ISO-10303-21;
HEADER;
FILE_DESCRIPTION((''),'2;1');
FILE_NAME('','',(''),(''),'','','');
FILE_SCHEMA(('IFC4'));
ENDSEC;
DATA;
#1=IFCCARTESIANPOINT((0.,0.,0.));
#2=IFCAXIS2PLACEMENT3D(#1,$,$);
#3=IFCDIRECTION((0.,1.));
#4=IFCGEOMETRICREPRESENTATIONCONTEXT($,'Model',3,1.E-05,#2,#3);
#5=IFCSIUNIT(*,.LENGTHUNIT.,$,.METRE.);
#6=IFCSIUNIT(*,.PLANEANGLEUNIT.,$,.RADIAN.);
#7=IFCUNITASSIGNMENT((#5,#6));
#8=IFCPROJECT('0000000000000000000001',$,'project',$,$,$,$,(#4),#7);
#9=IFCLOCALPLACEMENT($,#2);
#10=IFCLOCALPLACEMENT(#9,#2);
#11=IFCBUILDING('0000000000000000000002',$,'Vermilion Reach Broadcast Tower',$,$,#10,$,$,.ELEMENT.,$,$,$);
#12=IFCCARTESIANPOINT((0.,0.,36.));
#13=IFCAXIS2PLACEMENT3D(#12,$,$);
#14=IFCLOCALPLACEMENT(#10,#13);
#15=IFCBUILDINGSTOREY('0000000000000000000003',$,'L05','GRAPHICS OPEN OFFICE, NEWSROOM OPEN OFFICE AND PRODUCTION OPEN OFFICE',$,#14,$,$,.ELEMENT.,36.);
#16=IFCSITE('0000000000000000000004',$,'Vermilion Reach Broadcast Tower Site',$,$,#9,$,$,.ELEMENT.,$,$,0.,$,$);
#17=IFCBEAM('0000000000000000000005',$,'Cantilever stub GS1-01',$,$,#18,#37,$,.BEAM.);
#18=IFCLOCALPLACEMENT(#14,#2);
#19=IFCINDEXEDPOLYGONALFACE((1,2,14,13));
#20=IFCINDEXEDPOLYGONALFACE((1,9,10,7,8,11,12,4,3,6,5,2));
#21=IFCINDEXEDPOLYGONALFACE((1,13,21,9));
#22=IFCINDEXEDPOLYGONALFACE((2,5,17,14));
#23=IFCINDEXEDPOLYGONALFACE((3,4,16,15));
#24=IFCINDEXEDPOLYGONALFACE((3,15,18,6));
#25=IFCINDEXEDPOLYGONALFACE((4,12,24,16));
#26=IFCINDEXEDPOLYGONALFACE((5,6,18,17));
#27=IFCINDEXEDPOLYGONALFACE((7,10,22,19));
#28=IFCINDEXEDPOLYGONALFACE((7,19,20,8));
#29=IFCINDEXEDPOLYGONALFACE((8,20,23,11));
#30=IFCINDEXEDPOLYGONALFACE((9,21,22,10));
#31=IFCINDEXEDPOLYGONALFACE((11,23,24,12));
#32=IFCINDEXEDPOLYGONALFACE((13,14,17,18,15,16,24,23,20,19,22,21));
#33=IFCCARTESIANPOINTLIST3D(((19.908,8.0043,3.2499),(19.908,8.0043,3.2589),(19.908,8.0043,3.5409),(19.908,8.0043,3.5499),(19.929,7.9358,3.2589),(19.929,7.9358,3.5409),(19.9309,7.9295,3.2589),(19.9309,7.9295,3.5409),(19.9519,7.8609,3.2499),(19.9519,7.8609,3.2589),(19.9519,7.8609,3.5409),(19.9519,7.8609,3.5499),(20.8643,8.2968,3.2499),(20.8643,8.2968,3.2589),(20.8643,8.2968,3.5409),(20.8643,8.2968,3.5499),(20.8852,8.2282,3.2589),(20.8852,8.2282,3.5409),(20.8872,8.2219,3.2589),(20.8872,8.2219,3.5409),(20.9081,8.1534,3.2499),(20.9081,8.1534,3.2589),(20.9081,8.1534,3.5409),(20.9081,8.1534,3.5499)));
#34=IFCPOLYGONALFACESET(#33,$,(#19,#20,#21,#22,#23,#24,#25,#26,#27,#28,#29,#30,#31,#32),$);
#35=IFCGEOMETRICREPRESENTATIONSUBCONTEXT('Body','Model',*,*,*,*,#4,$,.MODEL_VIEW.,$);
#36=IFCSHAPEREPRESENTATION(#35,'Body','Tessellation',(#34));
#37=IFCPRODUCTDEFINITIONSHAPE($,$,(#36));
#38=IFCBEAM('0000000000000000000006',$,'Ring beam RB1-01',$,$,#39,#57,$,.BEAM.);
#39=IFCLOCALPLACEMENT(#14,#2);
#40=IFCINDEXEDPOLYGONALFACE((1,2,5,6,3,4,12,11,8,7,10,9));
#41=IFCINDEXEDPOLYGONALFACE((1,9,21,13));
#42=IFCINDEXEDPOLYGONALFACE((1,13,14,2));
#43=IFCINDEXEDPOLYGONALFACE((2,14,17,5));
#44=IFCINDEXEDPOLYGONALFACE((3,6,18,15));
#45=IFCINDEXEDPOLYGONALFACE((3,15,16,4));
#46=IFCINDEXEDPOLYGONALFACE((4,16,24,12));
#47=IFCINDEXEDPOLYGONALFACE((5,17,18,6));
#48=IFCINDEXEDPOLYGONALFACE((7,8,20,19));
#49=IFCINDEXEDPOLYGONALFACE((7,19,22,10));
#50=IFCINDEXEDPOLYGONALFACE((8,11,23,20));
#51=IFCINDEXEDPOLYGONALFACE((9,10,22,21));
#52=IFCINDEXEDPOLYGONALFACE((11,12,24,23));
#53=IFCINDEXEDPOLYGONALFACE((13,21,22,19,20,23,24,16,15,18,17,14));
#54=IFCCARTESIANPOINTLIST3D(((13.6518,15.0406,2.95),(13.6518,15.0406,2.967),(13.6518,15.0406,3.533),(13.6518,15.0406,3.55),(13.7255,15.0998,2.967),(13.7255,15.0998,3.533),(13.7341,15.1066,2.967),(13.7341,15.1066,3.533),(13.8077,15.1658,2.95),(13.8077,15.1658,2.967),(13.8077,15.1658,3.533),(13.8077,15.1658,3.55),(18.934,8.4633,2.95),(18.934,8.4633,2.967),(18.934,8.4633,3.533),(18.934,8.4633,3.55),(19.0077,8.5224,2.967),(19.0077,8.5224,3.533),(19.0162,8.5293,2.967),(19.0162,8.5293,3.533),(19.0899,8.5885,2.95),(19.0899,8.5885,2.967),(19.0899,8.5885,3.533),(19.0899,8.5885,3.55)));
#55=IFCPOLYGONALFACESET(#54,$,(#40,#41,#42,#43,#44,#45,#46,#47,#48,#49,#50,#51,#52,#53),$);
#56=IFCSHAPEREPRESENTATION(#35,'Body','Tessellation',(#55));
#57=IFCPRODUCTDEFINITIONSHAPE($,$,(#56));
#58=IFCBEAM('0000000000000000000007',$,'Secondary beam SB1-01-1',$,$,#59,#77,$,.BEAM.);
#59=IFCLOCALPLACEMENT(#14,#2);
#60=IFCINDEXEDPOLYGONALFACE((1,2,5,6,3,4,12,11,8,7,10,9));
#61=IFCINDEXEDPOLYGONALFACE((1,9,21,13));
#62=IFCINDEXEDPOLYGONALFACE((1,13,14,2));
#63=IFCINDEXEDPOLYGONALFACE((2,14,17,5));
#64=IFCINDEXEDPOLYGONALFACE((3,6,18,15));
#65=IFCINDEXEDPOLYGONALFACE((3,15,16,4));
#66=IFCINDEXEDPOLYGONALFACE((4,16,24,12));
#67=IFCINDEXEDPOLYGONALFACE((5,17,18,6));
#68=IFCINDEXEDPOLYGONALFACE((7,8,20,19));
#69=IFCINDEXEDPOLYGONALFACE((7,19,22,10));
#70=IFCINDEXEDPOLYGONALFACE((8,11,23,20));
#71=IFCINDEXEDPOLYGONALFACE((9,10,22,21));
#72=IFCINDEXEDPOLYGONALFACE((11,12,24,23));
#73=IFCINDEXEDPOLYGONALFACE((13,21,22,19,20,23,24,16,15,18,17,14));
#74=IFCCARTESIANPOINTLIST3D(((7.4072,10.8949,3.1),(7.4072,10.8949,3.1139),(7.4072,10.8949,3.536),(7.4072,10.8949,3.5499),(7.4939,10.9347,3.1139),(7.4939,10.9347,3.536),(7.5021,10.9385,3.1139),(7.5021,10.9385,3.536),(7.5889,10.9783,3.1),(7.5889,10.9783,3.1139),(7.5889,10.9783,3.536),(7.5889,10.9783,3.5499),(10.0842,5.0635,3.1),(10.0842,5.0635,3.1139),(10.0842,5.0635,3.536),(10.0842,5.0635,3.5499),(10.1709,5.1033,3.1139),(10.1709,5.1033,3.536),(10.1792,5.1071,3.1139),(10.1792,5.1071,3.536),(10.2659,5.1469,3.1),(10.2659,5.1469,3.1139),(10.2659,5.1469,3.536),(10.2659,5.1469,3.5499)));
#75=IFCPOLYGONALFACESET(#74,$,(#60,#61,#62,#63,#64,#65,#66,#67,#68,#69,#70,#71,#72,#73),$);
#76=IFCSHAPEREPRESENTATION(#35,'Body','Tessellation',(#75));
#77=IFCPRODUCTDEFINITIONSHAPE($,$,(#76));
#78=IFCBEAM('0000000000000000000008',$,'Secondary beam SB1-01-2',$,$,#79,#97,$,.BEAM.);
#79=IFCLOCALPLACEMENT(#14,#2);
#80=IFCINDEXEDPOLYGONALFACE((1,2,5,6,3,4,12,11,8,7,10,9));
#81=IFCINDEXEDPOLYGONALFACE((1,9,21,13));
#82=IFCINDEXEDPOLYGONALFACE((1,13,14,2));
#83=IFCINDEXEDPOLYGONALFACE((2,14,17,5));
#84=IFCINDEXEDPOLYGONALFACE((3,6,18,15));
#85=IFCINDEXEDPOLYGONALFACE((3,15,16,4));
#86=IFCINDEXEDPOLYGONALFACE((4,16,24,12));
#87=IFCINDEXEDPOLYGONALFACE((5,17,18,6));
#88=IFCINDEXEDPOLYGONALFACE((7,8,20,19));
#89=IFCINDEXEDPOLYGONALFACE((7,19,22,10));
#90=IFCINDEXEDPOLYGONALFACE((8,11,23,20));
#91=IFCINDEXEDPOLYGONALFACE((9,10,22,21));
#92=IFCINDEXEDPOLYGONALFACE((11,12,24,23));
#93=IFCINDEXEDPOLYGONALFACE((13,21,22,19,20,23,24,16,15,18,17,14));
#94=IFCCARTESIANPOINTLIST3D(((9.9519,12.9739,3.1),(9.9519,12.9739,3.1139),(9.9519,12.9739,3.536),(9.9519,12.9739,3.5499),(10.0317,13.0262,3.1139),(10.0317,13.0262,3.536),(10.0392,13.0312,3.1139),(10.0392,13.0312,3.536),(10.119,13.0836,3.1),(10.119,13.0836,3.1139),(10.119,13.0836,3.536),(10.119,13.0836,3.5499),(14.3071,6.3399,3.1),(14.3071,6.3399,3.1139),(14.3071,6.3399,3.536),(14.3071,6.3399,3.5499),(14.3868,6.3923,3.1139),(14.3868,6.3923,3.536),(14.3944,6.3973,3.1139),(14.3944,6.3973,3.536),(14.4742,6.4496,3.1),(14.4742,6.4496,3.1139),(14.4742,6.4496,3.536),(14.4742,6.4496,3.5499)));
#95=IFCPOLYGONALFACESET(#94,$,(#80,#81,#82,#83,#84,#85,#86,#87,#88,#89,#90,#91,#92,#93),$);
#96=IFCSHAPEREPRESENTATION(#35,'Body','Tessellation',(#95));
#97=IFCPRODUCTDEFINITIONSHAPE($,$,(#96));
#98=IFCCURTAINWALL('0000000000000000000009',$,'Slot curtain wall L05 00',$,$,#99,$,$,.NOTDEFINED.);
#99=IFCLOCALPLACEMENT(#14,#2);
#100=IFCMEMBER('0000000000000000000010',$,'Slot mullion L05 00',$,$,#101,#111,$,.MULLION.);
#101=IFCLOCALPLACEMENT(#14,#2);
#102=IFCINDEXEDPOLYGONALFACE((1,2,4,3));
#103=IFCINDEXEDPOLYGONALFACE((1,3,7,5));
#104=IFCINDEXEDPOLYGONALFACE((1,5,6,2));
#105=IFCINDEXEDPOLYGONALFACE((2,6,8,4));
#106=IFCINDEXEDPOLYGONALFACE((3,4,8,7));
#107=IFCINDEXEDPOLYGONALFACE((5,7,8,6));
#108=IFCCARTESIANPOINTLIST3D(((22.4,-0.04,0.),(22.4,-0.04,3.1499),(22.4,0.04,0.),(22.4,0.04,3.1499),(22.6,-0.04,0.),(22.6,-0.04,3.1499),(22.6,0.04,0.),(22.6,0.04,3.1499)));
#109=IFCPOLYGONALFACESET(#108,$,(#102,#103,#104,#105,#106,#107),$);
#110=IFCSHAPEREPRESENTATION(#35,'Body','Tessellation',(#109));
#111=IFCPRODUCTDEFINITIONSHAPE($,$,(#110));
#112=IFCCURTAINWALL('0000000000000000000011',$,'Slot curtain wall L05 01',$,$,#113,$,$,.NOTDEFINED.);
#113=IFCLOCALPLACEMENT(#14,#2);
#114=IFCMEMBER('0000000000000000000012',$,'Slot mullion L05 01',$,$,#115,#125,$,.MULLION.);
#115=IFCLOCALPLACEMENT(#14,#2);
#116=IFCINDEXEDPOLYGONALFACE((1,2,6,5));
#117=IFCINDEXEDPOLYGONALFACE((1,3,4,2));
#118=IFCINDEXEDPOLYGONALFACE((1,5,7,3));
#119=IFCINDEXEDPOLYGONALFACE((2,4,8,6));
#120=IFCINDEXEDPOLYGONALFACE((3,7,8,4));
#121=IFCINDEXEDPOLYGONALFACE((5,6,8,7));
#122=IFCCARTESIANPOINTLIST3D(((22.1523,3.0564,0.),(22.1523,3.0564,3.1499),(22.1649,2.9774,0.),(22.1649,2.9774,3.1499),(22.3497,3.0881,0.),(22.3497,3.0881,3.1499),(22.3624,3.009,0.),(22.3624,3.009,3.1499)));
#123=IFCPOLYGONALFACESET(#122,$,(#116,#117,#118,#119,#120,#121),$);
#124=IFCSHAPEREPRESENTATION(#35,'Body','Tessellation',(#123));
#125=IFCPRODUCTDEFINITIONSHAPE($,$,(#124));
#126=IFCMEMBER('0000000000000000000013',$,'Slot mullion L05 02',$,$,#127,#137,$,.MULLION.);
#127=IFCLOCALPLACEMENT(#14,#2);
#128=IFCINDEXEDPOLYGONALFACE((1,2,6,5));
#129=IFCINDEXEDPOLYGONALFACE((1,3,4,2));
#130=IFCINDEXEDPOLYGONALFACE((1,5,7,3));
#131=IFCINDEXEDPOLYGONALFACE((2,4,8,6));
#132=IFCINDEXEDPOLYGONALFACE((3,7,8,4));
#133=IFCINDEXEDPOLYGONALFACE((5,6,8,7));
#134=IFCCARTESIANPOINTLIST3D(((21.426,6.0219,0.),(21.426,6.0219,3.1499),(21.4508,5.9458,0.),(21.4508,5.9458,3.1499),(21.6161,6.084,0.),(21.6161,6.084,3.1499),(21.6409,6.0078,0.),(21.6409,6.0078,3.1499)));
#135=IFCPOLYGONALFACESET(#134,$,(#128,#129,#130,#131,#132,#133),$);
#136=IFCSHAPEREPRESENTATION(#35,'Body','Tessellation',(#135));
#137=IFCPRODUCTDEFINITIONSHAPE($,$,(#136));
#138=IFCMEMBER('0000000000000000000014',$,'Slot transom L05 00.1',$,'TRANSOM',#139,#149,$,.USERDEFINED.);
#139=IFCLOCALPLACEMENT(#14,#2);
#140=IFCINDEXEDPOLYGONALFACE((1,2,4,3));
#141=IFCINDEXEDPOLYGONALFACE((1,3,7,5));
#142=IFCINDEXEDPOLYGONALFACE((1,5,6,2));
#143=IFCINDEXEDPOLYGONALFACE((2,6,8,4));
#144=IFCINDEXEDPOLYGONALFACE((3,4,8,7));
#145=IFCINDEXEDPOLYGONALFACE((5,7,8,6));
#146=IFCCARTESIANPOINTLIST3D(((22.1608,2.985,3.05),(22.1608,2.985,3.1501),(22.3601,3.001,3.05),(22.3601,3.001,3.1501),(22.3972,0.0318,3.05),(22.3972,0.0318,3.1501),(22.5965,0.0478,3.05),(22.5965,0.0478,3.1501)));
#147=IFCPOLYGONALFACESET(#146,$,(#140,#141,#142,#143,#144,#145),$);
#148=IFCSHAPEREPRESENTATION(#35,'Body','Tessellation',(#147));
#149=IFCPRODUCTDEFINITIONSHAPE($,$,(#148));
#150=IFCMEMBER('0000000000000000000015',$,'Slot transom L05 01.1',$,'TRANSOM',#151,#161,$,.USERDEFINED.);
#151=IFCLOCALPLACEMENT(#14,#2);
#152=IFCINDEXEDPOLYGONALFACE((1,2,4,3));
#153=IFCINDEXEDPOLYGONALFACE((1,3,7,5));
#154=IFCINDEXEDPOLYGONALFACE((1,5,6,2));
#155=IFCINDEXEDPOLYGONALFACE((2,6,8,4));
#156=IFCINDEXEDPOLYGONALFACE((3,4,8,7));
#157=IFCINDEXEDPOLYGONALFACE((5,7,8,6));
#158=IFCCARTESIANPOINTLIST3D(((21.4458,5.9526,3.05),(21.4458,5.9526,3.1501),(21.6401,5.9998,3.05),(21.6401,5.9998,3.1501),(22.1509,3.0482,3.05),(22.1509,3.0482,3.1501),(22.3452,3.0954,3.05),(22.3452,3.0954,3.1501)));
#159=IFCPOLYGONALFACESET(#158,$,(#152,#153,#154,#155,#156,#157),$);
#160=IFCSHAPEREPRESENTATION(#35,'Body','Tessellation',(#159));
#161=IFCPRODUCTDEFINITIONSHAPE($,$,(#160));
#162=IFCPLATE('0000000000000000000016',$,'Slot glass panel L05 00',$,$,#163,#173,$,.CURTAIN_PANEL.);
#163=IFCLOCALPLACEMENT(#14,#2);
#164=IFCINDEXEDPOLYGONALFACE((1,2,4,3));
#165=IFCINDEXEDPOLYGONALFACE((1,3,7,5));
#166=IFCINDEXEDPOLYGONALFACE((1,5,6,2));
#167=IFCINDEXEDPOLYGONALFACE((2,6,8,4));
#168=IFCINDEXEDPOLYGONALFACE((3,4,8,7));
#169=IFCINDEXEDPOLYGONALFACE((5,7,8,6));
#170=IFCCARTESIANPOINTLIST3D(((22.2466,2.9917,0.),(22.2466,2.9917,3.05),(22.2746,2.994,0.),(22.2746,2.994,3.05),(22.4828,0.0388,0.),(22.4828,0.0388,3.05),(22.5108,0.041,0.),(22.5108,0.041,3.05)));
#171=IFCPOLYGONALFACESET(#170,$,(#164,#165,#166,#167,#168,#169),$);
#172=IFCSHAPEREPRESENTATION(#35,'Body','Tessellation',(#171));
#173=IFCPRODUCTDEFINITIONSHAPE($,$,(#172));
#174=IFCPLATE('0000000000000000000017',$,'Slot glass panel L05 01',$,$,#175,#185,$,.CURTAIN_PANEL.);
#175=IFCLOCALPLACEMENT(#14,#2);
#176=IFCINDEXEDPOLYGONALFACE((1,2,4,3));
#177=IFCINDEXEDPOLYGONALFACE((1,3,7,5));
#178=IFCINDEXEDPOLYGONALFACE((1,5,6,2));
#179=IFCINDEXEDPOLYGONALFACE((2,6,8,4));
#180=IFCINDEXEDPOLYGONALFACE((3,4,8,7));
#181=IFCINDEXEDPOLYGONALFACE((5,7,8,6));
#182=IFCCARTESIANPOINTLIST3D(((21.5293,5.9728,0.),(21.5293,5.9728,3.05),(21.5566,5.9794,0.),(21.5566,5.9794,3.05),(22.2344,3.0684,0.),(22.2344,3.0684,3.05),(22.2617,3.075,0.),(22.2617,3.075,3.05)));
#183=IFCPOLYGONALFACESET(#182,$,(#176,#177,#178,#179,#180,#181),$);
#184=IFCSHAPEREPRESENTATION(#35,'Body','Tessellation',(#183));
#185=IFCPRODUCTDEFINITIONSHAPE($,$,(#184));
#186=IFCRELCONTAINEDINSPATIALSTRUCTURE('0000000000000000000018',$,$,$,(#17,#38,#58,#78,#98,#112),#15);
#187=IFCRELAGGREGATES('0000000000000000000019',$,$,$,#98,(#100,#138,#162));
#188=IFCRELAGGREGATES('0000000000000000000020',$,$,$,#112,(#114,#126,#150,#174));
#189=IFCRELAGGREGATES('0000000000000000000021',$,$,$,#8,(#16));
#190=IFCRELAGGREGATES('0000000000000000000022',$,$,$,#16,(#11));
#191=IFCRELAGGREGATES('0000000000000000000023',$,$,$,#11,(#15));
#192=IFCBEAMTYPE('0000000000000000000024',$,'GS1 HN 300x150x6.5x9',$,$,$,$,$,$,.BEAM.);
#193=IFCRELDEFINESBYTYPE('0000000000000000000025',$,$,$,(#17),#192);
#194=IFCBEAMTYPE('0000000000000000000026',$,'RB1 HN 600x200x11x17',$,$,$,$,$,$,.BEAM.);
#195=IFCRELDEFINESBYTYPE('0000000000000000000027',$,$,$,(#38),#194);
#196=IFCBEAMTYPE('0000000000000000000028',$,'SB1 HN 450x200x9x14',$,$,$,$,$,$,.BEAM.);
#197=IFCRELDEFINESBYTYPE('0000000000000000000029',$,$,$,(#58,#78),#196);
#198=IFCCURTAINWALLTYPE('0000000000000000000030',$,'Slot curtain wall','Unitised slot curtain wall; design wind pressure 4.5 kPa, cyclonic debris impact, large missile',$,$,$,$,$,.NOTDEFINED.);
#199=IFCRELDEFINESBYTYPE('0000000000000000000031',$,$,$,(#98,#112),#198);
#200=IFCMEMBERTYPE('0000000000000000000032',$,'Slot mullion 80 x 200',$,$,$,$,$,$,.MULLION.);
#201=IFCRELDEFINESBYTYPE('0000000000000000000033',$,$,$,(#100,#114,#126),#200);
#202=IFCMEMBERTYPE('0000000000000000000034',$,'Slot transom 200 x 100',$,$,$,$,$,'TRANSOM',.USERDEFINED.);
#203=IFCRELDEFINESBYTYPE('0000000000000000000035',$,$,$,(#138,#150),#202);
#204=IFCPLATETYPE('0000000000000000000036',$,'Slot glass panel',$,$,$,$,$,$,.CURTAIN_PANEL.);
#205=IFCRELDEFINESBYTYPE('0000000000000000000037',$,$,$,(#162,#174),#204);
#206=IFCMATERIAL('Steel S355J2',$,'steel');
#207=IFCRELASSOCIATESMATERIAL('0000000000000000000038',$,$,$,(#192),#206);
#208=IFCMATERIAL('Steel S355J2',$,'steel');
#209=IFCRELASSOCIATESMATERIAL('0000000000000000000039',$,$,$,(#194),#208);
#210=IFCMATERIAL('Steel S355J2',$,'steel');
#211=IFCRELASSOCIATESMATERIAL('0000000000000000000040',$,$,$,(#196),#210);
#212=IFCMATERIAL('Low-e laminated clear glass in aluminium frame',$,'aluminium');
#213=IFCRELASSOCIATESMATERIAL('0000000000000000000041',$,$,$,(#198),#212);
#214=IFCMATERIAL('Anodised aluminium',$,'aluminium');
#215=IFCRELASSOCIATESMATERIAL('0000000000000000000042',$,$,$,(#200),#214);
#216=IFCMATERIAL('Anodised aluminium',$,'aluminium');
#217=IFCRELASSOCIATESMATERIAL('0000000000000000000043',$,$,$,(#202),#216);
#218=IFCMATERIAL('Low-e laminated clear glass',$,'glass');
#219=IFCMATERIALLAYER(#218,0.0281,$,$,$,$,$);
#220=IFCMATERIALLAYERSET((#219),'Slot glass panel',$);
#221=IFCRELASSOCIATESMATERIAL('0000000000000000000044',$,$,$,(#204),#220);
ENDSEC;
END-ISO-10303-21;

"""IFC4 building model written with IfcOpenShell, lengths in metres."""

from ifc_helpers import new_model, si_unit, direction, frame, origin, origin_2d, place, context, subcontext, project, spatial, rectangle, i_section, extrude, material, layer, layer_set, material_profile, profile_set, type_object, element, aggregate, save


model = new_model("IFC4")

# Units and contexts
model_context = context("Model", 3, precision=1e-05, world=origin(), true_north=direction((0.0, 1.0)))
body_context = subcontext(model_context, "Body", "Model", "MODEL_VIEW")
ifc_project = project(units=[si_unit("LENGTHUNIT", "METRE"), si_unit("PLANEANGLEUNIT", "RADIAN")], contexts=[model_context])

# Site, building, storey
site_placement = place(None, origin())
site = spatial("IfcSite", under=ifc_project, at=site_placement, Name="Vermilion Reach Broadcast Tower Site", CompositionType="ELEMENT", RefElevation=0.0)
building_placement = place(site_placement, origin())
building = spatial("IfcBuilding", under=site, at=building_placement, Name="Vermilion Reach Broadcast Tower", CompositionType="ELEMENT")
storey_placement = place(building_placement, frame((0.0, 0.0, 36.0)))
storey = spatial("IfcBuildingStorey", under=building, at=storey_placement, Name="L05", Description="GRAPHICS OPEN OFFICE, NEWSROOM OPEN OFFICE AND PRODUCTION OPEN OFFICE", CompositionType="ELEMENT", Elevation=36.0)

# Beams
ifc_material_1 = material(Name="Steel S355J2", Category="steel")
ifc_material_profile_1 = material_profile(ifc_material_1, i_section(OverallWidth=0.1499, OverallDepth=0.3, WebThickness=0.0066, FlangeThickness=0.009, at=origin_2d()), Name="S355J2 HN 300x150x6.5x9")
ifc_profile_set_1 = profile_set([ifc_material_profile_1], Name="Steel S355J2")
beam_type_1 = type_object("IfcBeamType", Name="GS1 HN 300x150x6.5x9", PredefinedType="BEAM", material=ifc_profile_set_1)
beam_1_placement = place(storey_placement, frame((19.9299, 7.9326, 3.3999), z_axis=(0.956274, 0.292473, 0.0), x_axis=(-0.292473, 0.956274, 0.0)))
element("IfcBeam", 1, at=beam_1_placement, inside=storey, type_object=beam_type_1, Name="Cantilever stub GS1-01", PredefinedType="BEAM", context=body_context, shape_type="SweptSolid", body=[
    extrude(i_section(OverallWidth=0.1499, OverallDepth=0.3, WebThickness=0.0066, FlangeThickness=0.009, at=origin_2d()), origin(), (0.0, 0.0, 1.0), 1.0),
])
ifc_material_2 = material(Name="Steel S355J2", Category="steel")
ifc_material_profile_2 = material_profile(ifc_material_2, i_section(OverallWidth=0.2, OverallDepth=0.6001, WebThickness=0.011, FlangeThickness=0.0171, at=origin_2d()), Name="S355J2 HN 600x200x11x17")
ifc_profile_set_2 = profile_set([ifc_material_profile_2], Name="Steel S355J2")
beam_type_2 = type_object("IfcBeamType", Name="RB1 HN 600x200x11x17", PredefinedType="BEAM", material=ifc_profile_set_2)
beam_2_placement = place(storey_placement, frame((19.012, 8.5259, 3.25), z_axis=(-0.626162, 0.779693, 0.0), x_axis=(-0.779693, -0.626162, 0.0)))
element("IfcBeam", 2, at=beam_2_placement, inside=storey, type_object=beam_type_2, Name="Ring beam RB1-01", PredefinedType="BEAM", context=body_context, shape_type="SweptSolid", body=[
    extrude(i_section(OverallWidth=0.2, OverallDepth=0.6001, WebThickness=0.011, FlangeThickness=0.0171, at=origin_2d()), origin(), (0.0, 0.0, 1.0), 8.4358),
])
ifc_material_3 = material(Name="Steel S355J2", Category="steel")
ifc_material_profile_3 = material_profile(ifc_material_3, i_section(OverallWidth=0.2, OverallDepth=0.45, WebThickness=0.009, FlangeThickness=0.0139, at=origin_2d()), Name="S355J2 HN 450x200x9x14")
ifc_profile_set_3 = profile_set([ifc_material_profile_3], Name="Steel S355J2")
beam_type_3 = type_object("IfcBeamType", Name="SB1 HN 450x200x9x14", PredefinedType="BEAM", material=ifc_profile_set_3)
beam_3_placement = place(storey_placement, frame((10.175, 5.1052, 3.325), z_axis=(-0.417211, 0.908809, 0.0), x_axis=(-0.908809, -0.417211, 0.0)))
element("IfcBeam", 3, at=beam_3_placement, inside=storey, type_object=beam_type_3, Name="Secondary beam SB1-01-1", PredefinedType="BEAM", context=body_context, shape_type="SweptSolid", body=[
    extrude(i_section(OverallWidth=0.2, OverallDepth=0.45, WebThickness=0.009, FlangeThickness=0.0139, at=origin_2d()), origin(), (0.0, 0.0, 1.0), 6.4165),
])
beam_4_placement = place(storey_placement, frame((14.3906, 6.3948, 3.325), z_axis=(-0.548801, 0.835953, 0.0), x_axis=(-0.835953, -0.548801, 0.0)))
element("IfcBeam", 4, at=beam_4_placement, inside=storey, type_object=beam_type_3, Name="Secondary beam SB1-01-2", PredefinedType="BEAM", context=body_context, shape_type="SweptSolid", body=[
    extrude(i_section(OverallWidth=0.2, OverallDepth=0.45, WebThickness=0.009, FlangeThickness=0.0139, at=origin_2d()), origin(), (0.0, 0.0, 1.0), 7.9358),
])

# Curtain wall, member
ifc_material_4 = material(Name="Low-e laminated clear glass in aluminium frame", Category="aluminium")
curtain_wall_type = type_object("IfcCurtainWallType", Name="Slot curtain wall", Description="Unitised slot curtain wall; design wind pressure 4.5 kPa, cyclonic debris impact, large missile", PredefinedType="NOTDEFINED", material=ifc_material_4)
placement = place(storey_placement, origin())
curtain_wall_1 = element("IfcCurtainWall", 5, at=placement, inside=storey, type_object=curtain_wall_type, Name="Slot curtain wall L05 00", PredefinedType="NOTDEFINED")
ifc_material_5 = material(Name="Anodised aluminium", Category="aluminium")
ifc_material_profile_4 = material_profile(ifc_material_5, rectangle(XDim=0.2, YDim=0.0801, at=origin_2d()), Name="Slot mullion 80 x 200")
ifc_profile_set_4 = profile_set([ifc_material_profile_4], Name="Anodised aluminium")
member_type_1 = type_object("IfcMemberType", Name="Slot mullion 80 x 200", PredefinedType="MULLION", material=ifc_profile_set_4)
member_1_placement = place(storey_placement, frame((22.5, 0.0, 0.0), z_axis=(0.0, 0.0, 1.0), x_axis=(-1.0, 0.0, 0.0)))
member_1 = element("IfcMember", 6, at=member_1_placement, type_object=member_type_1, Name="Slot mullion L05 00", PredefinedType="MULLION", context=body_context, shape_type="SweptSolid", body=[
    extrude(rectangle(XDim=0.2, YDim=0.0801, at=origin_2d()), origin(), (0.0, 0.0, 1.0), 3.1499),
])

# Curtain wall, members
curtain_wall_2 = element("IfcCurtainWall", 7, at=placement, inside=storey, type_object=curtain_wall_type, Name="Slot curtain wall L05 01", PredefinedType="NOTDEFINED")
member_2_placement = place(storey_placement, frame((22.2573, 3.0327, 0.0), z_axis=(0.0, 0.0, 1.0), x_axis=(-0.987389, -0.158311, 0.0)))
member_2 = element("IfcMember", 8, at=member_2_placement, type_object=member_type_1, Name="Slot mullion L05 01", PredefinedType="MULLION", context=body_context, shape_type="SweptSolid", body=[
    extrude(rectangle(XDim=0.2, YDim=0.0801, at=origin_2d()), origin(), (0.0, 0.0, 1.0), 3.1499),
])
member_3_placement = place(storey_placement, frame((21.5334, 6.0149, 0.0), z_axis=(0.0, 0.0, 1.0), x_axis=(-0.95066, -0.310236, 0.0)))
member_3 = element("IfcMember", 9, at=member_3_placement, type_object=member_type_1, Name="Slot mullion L05 02", PredefinedType="MULLION", context=body_context, shape_type="SweptSolid", body=[
    extrude(rectangle(XDim=0.2, YDim=0.0801, at=origin_2d()), origin(), (0.0, 0.0, 1.0), 3.1499),
])

# Members
ifc_material_6 = material(Name="Anodised aluminium", Category="aluminium")
ifc_material_profile_5 = material_profile(ifc_material_6, rectangle(XDim=0.2, YDim=0.1001, at=origin_2d()), Name="Slot transom 200 x 100")
ifc_profile_set_5 = profile_set([ifc_material_profile_5], Name="Anodised aluminium")
member_type_2 = type_object("IfcMemberType", Name="Slot transom 200 x 100", ElementType="TRANSOM", PredefinedType="USERDEFINED", material=ifc_profile_set_5)
member_4_placement = place(storey_placement, frame((22.4968, 0.0398, 3.1001), z_axis=(-0.079771, 0.996813, 0.0), x_axis=(-0.996813, -0.079771, 0.0)))
member_4 = element("IfcMember", 10, at=member_4_placement, type_object=member_type_2, Name="Slot transom L05 00.1", ObjectType="TRANSOM", PredefinedType="USERDEFINED", context=body_context, shape_type="SweptSolid", body=[
    extrude(rectangle(XDim=0.2, YDim=0.1001, at=origin_2d()), origin(), (0.0, 0.0, 1.0), 2.9626),
])
member_5_placement = place(storey_placement, frame((22.248, 3.0718, 3.1001), z_axis=(-0.235918, 0.971773, 0.0), x_axis=(-0.971773, -0.235918, 0.0)))
member_5 = element("IfcMember", 11, at=member_5_placement, type_object=member_type_2, Name="Slot transom L05 01.1", ObjectType="TRANSOM", PredefinedType="USERDEFINED", context=body_context, shape_type="SweptSolid", body=[
    extrude(rectangle(XDim=0.2, YDim=0.1001, at=origin_2d()), origin(), (0.0, 0.0, 1.0), 2.9888),
])

# Plates
ifc_material_7 = material(Name="Low-e laminated clear glass", Category="glass")
ifc_layer_1 = layer(ifc_material_7, 0.0281)
ifc_layer_set_1 = layer_set([ifc_layer_1], Name="Slot glass panel")
plate_type = type_object("IfcPlateType", Name="Slot glass panel", PredefinedType="CURTAIN_PANEL", material=ifc_layer_set_1)
plate_1_placement = place(storey_placement, frame((22.3787, 1.5164, 0.0), z_axis=(0.0, 0.0, 1.0), x_axis=(-0.079733, 0.996816, 0.0)))
plate_1 = element("IfcPlate", 12, at=plate_1_placement, type_object=plate_type, Name="Slot glass panel L05 00", PredefinedType="CURTAIN_PANEL", context=body_context, shape_type="SweptSolid", body=[
    extrude(rectangle(XDim=2.9624, YDim=0.0281, at=origin_2d()), origin(), (0.0, 0.0, 1.0), 3.05),
])
aggregate(curtain_wall_1, [member_1, member_4, plate_1])
plate_2_placement = place(storey_placement, frame((21.8955, 4.5239, 0.0), z_axis=(0.0, 0.0, 1.0), x_axis=(-0.235897, 0.971778, 0.0)))
plate_2 = element("IfcPlate", 13, at=plate_2_placement, type_object=plate_type, Name="Slot glass panel L05 01", PredefinedType="CURTAIN_PANEL", context=body_context, shape_type="SweptSolid", body=[
    extrude(rectangle(XDim=2.9888, YDim=0.0281, at=origin_2d()), origin(), (0.0, 0.0, 1.0), 3.05),
])
aggregate(curtain_wall_2, [member_2, member_3, member_5, plate_2])

save(model, "model.ifc")
